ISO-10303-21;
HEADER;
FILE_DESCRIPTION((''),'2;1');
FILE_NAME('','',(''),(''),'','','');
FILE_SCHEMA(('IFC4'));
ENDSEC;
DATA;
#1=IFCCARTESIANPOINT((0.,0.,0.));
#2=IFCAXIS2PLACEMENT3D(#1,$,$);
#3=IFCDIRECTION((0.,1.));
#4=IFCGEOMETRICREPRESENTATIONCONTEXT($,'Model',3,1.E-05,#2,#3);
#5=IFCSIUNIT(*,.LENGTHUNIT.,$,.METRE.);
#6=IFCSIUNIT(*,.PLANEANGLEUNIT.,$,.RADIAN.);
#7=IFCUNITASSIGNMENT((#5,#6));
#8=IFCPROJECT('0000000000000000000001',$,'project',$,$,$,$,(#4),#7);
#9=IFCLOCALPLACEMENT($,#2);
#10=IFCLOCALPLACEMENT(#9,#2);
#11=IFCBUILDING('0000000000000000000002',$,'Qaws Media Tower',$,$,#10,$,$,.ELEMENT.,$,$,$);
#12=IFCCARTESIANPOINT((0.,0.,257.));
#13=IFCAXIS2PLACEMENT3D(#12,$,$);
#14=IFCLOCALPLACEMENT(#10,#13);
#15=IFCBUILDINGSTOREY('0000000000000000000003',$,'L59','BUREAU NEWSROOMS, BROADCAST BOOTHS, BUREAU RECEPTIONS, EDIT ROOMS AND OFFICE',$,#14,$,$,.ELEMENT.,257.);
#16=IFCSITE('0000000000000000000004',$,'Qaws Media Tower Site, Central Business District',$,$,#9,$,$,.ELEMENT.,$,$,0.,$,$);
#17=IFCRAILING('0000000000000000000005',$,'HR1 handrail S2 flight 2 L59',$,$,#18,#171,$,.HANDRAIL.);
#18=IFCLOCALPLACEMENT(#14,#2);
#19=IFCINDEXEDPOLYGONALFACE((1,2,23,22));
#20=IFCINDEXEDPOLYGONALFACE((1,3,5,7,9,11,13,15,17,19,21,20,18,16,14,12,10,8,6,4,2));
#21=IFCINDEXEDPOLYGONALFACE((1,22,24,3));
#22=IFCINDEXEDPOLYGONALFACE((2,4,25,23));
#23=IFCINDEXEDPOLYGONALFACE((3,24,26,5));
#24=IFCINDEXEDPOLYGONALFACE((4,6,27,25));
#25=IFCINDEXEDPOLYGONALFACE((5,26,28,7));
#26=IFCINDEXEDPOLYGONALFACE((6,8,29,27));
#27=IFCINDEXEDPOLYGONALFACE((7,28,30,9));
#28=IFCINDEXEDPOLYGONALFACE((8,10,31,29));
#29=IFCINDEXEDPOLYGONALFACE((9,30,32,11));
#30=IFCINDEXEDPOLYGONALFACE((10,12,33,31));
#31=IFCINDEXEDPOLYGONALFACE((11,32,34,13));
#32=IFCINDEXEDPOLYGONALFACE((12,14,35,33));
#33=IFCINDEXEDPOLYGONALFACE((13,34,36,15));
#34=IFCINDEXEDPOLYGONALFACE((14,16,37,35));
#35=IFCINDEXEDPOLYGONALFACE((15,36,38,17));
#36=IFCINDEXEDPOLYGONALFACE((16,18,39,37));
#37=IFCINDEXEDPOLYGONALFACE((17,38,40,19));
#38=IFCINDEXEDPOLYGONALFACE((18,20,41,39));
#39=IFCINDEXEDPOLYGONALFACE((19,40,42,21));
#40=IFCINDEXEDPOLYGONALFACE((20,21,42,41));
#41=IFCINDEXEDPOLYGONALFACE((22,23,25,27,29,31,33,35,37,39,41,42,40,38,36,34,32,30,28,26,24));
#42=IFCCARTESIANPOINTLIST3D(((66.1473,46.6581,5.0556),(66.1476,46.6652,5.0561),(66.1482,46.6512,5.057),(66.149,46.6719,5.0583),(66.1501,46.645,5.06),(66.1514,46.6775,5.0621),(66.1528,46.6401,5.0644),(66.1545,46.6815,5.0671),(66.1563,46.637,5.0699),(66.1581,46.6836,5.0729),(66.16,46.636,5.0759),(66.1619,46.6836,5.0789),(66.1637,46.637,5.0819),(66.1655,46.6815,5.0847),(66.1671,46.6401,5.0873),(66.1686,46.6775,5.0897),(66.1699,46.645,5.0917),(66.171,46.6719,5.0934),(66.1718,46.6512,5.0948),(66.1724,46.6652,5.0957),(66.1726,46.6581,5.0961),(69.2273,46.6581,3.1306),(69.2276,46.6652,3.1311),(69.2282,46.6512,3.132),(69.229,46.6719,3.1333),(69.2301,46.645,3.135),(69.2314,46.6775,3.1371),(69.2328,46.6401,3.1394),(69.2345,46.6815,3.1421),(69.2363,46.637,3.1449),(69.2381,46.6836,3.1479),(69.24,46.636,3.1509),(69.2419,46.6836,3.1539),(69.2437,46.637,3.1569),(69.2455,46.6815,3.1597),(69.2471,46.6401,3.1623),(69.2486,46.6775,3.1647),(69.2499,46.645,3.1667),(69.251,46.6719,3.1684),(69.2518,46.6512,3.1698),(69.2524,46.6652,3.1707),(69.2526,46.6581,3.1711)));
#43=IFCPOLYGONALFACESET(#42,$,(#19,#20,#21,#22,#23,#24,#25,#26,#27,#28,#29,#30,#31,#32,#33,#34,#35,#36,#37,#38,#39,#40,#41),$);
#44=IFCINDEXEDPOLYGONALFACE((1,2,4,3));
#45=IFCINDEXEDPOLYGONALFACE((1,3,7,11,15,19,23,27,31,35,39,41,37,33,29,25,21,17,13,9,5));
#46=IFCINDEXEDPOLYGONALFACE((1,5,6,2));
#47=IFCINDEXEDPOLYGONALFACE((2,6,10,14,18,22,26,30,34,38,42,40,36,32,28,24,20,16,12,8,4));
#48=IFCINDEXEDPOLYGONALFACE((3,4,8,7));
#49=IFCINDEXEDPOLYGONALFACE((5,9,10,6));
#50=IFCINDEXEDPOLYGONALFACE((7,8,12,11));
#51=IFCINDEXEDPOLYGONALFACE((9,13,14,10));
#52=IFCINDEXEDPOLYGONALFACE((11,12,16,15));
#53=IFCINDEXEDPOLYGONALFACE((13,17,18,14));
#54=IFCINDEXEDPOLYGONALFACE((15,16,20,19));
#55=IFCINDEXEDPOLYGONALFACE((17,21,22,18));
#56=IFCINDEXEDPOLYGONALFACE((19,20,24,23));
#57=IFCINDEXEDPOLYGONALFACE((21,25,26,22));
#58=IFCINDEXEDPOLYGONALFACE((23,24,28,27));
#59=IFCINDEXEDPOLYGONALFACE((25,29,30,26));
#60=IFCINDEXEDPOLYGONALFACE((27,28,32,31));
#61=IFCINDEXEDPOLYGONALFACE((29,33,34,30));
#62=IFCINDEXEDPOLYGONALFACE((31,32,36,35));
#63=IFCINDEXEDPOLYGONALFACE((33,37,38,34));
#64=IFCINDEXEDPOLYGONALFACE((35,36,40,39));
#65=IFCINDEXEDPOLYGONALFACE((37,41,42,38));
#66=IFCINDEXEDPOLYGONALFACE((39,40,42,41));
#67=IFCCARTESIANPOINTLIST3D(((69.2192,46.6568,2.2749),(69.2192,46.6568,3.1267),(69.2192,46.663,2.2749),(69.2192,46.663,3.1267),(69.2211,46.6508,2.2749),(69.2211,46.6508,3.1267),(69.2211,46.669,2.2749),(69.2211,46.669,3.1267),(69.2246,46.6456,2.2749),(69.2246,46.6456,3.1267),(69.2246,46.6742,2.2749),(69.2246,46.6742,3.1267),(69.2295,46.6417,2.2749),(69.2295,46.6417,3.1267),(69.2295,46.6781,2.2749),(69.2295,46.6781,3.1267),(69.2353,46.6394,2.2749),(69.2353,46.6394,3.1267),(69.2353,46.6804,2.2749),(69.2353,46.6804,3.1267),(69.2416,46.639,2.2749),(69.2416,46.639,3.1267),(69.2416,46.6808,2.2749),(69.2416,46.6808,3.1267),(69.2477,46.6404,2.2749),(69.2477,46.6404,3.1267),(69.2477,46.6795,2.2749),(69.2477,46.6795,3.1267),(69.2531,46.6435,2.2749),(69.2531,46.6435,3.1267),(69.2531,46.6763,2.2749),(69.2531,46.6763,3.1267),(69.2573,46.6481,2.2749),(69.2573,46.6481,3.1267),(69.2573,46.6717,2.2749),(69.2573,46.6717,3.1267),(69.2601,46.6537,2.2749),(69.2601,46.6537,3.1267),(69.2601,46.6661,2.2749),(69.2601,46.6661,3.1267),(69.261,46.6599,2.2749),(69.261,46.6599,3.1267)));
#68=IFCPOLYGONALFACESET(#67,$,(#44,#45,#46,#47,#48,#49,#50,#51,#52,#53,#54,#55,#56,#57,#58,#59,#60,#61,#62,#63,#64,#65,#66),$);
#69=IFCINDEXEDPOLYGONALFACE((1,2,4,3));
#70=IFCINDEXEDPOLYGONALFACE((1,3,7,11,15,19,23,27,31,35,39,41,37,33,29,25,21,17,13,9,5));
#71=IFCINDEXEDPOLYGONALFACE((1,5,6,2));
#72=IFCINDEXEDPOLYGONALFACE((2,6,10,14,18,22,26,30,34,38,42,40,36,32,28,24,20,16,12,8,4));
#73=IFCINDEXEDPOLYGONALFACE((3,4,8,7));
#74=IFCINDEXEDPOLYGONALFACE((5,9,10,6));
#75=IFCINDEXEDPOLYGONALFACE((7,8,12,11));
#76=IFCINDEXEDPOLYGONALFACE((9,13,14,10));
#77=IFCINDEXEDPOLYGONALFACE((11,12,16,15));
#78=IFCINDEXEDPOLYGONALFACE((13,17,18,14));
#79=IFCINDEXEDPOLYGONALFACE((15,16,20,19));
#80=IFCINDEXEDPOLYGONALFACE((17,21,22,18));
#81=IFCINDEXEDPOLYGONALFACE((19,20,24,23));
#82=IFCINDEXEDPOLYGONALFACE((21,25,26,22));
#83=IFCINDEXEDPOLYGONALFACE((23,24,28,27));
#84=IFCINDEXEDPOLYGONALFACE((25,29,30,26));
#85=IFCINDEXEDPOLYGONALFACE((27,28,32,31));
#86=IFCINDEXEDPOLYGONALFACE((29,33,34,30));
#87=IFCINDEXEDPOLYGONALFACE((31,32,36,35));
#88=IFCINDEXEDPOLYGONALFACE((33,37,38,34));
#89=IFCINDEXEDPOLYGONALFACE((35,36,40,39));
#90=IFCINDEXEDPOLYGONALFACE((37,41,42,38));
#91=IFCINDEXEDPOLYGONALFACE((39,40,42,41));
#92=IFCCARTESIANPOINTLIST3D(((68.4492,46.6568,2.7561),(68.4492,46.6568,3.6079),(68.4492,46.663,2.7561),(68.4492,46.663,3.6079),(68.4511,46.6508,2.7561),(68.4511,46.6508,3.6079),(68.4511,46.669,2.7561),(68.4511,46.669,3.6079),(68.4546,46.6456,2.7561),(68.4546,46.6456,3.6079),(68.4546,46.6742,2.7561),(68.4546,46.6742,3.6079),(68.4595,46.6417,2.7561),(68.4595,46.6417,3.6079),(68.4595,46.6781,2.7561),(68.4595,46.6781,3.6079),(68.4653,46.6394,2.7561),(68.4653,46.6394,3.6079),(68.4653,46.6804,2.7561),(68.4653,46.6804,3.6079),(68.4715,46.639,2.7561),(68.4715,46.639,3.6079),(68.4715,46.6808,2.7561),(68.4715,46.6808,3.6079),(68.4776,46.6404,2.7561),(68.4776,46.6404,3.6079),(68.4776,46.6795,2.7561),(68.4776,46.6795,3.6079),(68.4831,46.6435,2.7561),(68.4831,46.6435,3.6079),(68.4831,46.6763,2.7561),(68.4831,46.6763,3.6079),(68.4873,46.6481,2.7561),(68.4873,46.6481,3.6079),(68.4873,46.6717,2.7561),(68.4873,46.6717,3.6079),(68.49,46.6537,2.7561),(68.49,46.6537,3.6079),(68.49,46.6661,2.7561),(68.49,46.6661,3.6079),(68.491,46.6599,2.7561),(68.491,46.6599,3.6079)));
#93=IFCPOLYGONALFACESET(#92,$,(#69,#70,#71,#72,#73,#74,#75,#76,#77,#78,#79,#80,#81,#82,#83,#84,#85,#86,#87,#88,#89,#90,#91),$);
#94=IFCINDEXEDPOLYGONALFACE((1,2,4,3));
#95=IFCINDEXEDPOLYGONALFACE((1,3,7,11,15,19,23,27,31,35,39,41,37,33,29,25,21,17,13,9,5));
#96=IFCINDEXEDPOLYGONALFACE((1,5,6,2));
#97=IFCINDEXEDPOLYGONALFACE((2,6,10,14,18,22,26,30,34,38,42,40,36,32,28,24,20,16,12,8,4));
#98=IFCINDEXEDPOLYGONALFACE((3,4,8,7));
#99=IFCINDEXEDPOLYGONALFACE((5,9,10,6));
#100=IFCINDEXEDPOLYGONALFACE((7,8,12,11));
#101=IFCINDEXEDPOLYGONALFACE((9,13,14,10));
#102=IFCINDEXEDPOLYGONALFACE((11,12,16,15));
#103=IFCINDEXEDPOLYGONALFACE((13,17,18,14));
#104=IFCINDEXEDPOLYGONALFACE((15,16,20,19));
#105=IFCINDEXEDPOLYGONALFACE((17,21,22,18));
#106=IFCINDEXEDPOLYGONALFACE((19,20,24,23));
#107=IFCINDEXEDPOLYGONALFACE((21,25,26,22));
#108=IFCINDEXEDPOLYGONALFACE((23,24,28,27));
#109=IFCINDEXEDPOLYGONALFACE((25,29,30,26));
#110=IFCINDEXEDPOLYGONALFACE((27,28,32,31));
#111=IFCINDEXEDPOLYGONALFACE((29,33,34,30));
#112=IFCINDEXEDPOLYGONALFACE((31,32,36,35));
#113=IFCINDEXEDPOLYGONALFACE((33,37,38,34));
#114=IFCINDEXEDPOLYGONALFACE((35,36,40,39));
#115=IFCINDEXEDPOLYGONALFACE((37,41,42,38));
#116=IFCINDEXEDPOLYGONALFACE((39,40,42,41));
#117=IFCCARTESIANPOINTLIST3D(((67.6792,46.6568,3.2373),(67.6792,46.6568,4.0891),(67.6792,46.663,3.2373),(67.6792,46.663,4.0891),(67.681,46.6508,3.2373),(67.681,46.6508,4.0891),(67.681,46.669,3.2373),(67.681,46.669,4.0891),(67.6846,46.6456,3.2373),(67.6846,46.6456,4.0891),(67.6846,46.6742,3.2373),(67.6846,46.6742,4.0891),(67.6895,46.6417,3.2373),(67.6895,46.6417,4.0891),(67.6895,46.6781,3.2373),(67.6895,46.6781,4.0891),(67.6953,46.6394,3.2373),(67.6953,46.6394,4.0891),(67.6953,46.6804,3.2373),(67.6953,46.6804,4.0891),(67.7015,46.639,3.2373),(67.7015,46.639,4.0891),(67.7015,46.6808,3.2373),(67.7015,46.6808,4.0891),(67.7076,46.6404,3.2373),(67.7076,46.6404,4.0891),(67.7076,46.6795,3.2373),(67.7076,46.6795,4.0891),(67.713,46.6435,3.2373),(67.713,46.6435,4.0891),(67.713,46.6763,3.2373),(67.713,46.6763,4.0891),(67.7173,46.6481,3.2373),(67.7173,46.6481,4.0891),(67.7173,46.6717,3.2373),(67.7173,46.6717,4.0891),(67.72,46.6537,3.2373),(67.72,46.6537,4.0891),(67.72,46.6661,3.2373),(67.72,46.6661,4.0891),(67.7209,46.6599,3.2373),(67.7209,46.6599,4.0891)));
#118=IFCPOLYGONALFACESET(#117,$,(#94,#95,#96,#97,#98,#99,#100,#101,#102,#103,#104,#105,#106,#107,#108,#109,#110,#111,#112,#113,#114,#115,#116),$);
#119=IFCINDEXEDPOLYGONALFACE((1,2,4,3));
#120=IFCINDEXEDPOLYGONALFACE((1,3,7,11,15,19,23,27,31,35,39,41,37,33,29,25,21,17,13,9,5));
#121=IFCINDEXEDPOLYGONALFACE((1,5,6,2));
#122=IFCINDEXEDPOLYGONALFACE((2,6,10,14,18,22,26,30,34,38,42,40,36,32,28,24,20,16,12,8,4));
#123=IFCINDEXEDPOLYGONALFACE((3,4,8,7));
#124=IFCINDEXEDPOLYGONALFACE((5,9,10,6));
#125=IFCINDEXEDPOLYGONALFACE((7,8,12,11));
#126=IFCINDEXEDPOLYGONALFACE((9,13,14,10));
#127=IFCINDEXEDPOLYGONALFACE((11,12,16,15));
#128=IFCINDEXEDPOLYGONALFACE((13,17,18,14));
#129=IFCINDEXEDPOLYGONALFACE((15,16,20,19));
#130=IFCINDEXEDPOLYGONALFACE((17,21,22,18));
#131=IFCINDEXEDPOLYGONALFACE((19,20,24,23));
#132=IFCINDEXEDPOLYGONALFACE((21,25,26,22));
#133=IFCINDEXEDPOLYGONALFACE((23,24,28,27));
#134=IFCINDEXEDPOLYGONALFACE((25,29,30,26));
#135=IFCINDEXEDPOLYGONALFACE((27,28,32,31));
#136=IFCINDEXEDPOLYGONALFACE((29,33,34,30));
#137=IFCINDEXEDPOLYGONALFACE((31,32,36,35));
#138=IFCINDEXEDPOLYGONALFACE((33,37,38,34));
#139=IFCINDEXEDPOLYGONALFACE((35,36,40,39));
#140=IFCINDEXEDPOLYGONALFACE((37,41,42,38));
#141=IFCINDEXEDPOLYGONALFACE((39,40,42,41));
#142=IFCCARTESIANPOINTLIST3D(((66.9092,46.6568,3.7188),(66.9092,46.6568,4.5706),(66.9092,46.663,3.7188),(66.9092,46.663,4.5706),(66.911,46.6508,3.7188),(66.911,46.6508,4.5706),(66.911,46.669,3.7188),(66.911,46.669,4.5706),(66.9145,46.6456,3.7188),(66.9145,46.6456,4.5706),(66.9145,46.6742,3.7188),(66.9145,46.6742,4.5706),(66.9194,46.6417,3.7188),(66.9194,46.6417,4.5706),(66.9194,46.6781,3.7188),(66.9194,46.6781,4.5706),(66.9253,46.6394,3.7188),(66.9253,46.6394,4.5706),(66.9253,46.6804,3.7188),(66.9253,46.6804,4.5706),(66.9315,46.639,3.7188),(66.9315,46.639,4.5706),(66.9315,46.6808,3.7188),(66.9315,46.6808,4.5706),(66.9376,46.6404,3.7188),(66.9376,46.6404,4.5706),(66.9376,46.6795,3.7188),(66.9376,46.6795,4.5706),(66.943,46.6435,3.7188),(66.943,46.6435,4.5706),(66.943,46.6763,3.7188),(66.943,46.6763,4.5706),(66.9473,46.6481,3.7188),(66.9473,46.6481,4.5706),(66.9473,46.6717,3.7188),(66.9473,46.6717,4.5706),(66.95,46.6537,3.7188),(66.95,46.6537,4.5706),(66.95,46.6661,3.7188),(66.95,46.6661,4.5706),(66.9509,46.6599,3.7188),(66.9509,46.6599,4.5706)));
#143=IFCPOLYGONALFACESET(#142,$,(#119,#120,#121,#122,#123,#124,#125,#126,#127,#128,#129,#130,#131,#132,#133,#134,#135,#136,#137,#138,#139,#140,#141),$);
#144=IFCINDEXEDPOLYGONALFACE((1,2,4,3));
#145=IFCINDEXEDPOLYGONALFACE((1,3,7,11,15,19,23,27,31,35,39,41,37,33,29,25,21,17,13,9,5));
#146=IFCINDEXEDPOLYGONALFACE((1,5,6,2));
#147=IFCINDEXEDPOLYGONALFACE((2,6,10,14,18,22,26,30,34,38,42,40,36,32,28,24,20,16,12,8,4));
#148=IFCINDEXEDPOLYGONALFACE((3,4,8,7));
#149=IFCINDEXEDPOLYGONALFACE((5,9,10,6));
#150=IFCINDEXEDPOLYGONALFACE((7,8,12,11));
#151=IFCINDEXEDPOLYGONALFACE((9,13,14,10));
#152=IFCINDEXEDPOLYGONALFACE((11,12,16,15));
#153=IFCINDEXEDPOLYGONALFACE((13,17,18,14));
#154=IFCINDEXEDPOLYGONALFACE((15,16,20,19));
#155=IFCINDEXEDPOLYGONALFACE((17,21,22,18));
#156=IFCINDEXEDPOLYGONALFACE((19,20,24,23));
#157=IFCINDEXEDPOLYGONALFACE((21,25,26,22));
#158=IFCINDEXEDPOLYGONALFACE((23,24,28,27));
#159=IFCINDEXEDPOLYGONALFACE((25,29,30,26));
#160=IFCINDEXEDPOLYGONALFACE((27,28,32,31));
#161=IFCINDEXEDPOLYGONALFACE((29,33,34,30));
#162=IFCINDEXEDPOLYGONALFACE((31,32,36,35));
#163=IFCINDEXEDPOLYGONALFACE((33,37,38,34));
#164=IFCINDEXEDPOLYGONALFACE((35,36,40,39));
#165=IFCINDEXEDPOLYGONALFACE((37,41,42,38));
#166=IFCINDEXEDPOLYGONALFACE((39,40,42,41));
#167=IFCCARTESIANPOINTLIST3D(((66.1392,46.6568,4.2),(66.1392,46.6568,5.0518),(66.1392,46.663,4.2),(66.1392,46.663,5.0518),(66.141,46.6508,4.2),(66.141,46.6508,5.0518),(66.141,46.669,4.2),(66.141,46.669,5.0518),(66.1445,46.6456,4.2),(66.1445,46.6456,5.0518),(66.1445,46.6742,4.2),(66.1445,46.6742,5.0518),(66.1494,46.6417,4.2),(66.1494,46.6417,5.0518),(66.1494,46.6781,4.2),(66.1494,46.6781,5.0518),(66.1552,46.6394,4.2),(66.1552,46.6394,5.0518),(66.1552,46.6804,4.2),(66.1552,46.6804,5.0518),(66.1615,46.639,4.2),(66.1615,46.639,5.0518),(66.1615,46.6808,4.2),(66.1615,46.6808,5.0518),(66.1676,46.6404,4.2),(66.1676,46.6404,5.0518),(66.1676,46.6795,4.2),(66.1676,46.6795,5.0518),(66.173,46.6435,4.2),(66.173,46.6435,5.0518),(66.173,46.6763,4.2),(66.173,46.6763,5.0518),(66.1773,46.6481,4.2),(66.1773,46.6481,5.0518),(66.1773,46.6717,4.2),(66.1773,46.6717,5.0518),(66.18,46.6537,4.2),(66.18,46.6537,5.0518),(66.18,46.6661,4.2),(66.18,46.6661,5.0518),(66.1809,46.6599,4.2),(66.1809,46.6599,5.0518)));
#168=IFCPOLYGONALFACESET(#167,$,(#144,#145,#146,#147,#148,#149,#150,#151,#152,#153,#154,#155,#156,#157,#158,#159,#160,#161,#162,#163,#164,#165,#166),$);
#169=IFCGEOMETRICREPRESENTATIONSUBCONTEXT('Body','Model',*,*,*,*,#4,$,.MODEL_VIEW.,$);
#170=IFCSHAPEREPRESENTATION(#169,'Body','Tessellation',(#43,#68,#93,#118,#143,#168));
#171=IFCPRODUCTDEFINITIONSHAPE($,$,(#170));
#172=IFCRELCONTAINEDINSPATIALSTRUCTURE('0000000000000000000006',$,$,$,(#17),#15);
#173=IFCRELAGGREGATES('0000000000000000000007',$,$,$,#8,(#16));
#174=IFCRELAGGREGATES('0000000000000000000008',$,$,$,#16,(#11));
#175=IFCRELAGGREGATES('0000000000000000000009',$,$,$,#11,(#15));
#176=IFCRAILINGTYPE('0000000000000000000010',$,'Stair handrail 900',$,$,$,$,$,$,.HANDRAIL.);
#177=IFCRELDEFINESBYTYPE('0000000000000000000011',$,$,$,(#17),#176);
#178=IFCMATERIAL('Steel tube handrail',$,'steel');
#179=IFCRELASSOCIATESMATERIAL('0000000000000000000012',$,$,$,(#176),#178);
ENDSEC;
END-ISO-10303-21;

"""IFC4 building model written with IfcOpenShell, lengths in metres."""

from ifc_helpers import new_model, si_unit, direction, frame, origin, origin_2d, place, context, subcontext, project, spatial, circle, extrude, material, type_object, element, save


model = new_model("IFC4")

# Units and contexts
model_context = context("Model", 3, precision=1e-05, world=origin(), true_north=direction((0.0, 1.0)))
body_context = subcontext(model_context, "Body", "Model", "MODEL_VIEW")
ifc_project = project(units=[si_unit("LENGTHUNIT", "METRE"), si_unit("PLANEANGLEUNIT", "RADIAN")], contexts=[model_context])

# Site, building, storey
site_placement = place(None, origin())
site = spatial("IfcSite", under=ifc_project, at=site_placement, Name="Qaws Media Tower Site, Central Business District", CompositionType="ELEMENT", RefElevation=0.0)
building_placement = place(site_placement, origin())
building = spatial("IfcBuilding", under=site, at=building_placement, Name="Qaws Media Tower", CompositionType="ELEMENT")
storey_placement = place(building_placement, frame((0.0, 0.0, 257.0)))
storey = spatial("IfcBuildingStorey", under=building, at=storey_placement, Name="L59", Description="BUREAU NEWSROOMS, BROADCAST BOOTHS, BUREAU RECEPTIONS, EDIT ROOMS AND OFFICE", CompositionType="ELEMENT", Elevation=257.0)

# Railing
ifc_material_1 = material(Name="Steel tube handrail", Category="steel")
railing_type = type_object("IfcRailingType", Name="Stair handrail 900", PredefinedType="HANDRAIL", material=ifc_material_1)
for number, where, name in (
    (1, (69.24, 46.6599, 2.2749), "HR1 handrail S2 flight 2 L59"),
):
    element("IfcRailing", number, at=place(storey_placement, frame(where)), inside=storey, type_object=railing_type, Name=name, PredefinedType="HANDRAIL", context=body_context, shape_type="SweptSolid", body=[
        extrude(circle(Radius=0.0239, at=origin_2d()), frame((0.0, 0.0, 0.876), z_axis=(-0.847998, 0.0, 0.529999), x_axis=(0.0, -1.0, 0.0)), (0.0, 0.0, 1.0), 3.6321),
        extrude(circle(Radius=0.021, at=origin_2d()), origin(), (0.0, 0.0, 1.0), 0.8518),
        extrude(circle(Radius=0.021, at=origin_2d()), frame((-0.77, 0.0, 0.4812)), (0.0, 0.0, 1.0), 0.8518),
        extrude(circle(Radius=0.021, at=origin_2d()), frame((-1.54, 0.0, 0.9624)), (0.0, 0.0, 1.0), 0.8518),
        extrude(circle(Radius=0.021, at=origin_2d()), frame((-2.3101, 0.0, 1.4438)), (0.0, 0.0, 1.0), 0.8518),
        extrude(circle(Radius=0.021, at=origin_2d()), frame((-3.0801, 0.0, 1.925)), (0.0, 0.0, 1.0), 0.8518),
    ])

save(model, "model.ifc")
